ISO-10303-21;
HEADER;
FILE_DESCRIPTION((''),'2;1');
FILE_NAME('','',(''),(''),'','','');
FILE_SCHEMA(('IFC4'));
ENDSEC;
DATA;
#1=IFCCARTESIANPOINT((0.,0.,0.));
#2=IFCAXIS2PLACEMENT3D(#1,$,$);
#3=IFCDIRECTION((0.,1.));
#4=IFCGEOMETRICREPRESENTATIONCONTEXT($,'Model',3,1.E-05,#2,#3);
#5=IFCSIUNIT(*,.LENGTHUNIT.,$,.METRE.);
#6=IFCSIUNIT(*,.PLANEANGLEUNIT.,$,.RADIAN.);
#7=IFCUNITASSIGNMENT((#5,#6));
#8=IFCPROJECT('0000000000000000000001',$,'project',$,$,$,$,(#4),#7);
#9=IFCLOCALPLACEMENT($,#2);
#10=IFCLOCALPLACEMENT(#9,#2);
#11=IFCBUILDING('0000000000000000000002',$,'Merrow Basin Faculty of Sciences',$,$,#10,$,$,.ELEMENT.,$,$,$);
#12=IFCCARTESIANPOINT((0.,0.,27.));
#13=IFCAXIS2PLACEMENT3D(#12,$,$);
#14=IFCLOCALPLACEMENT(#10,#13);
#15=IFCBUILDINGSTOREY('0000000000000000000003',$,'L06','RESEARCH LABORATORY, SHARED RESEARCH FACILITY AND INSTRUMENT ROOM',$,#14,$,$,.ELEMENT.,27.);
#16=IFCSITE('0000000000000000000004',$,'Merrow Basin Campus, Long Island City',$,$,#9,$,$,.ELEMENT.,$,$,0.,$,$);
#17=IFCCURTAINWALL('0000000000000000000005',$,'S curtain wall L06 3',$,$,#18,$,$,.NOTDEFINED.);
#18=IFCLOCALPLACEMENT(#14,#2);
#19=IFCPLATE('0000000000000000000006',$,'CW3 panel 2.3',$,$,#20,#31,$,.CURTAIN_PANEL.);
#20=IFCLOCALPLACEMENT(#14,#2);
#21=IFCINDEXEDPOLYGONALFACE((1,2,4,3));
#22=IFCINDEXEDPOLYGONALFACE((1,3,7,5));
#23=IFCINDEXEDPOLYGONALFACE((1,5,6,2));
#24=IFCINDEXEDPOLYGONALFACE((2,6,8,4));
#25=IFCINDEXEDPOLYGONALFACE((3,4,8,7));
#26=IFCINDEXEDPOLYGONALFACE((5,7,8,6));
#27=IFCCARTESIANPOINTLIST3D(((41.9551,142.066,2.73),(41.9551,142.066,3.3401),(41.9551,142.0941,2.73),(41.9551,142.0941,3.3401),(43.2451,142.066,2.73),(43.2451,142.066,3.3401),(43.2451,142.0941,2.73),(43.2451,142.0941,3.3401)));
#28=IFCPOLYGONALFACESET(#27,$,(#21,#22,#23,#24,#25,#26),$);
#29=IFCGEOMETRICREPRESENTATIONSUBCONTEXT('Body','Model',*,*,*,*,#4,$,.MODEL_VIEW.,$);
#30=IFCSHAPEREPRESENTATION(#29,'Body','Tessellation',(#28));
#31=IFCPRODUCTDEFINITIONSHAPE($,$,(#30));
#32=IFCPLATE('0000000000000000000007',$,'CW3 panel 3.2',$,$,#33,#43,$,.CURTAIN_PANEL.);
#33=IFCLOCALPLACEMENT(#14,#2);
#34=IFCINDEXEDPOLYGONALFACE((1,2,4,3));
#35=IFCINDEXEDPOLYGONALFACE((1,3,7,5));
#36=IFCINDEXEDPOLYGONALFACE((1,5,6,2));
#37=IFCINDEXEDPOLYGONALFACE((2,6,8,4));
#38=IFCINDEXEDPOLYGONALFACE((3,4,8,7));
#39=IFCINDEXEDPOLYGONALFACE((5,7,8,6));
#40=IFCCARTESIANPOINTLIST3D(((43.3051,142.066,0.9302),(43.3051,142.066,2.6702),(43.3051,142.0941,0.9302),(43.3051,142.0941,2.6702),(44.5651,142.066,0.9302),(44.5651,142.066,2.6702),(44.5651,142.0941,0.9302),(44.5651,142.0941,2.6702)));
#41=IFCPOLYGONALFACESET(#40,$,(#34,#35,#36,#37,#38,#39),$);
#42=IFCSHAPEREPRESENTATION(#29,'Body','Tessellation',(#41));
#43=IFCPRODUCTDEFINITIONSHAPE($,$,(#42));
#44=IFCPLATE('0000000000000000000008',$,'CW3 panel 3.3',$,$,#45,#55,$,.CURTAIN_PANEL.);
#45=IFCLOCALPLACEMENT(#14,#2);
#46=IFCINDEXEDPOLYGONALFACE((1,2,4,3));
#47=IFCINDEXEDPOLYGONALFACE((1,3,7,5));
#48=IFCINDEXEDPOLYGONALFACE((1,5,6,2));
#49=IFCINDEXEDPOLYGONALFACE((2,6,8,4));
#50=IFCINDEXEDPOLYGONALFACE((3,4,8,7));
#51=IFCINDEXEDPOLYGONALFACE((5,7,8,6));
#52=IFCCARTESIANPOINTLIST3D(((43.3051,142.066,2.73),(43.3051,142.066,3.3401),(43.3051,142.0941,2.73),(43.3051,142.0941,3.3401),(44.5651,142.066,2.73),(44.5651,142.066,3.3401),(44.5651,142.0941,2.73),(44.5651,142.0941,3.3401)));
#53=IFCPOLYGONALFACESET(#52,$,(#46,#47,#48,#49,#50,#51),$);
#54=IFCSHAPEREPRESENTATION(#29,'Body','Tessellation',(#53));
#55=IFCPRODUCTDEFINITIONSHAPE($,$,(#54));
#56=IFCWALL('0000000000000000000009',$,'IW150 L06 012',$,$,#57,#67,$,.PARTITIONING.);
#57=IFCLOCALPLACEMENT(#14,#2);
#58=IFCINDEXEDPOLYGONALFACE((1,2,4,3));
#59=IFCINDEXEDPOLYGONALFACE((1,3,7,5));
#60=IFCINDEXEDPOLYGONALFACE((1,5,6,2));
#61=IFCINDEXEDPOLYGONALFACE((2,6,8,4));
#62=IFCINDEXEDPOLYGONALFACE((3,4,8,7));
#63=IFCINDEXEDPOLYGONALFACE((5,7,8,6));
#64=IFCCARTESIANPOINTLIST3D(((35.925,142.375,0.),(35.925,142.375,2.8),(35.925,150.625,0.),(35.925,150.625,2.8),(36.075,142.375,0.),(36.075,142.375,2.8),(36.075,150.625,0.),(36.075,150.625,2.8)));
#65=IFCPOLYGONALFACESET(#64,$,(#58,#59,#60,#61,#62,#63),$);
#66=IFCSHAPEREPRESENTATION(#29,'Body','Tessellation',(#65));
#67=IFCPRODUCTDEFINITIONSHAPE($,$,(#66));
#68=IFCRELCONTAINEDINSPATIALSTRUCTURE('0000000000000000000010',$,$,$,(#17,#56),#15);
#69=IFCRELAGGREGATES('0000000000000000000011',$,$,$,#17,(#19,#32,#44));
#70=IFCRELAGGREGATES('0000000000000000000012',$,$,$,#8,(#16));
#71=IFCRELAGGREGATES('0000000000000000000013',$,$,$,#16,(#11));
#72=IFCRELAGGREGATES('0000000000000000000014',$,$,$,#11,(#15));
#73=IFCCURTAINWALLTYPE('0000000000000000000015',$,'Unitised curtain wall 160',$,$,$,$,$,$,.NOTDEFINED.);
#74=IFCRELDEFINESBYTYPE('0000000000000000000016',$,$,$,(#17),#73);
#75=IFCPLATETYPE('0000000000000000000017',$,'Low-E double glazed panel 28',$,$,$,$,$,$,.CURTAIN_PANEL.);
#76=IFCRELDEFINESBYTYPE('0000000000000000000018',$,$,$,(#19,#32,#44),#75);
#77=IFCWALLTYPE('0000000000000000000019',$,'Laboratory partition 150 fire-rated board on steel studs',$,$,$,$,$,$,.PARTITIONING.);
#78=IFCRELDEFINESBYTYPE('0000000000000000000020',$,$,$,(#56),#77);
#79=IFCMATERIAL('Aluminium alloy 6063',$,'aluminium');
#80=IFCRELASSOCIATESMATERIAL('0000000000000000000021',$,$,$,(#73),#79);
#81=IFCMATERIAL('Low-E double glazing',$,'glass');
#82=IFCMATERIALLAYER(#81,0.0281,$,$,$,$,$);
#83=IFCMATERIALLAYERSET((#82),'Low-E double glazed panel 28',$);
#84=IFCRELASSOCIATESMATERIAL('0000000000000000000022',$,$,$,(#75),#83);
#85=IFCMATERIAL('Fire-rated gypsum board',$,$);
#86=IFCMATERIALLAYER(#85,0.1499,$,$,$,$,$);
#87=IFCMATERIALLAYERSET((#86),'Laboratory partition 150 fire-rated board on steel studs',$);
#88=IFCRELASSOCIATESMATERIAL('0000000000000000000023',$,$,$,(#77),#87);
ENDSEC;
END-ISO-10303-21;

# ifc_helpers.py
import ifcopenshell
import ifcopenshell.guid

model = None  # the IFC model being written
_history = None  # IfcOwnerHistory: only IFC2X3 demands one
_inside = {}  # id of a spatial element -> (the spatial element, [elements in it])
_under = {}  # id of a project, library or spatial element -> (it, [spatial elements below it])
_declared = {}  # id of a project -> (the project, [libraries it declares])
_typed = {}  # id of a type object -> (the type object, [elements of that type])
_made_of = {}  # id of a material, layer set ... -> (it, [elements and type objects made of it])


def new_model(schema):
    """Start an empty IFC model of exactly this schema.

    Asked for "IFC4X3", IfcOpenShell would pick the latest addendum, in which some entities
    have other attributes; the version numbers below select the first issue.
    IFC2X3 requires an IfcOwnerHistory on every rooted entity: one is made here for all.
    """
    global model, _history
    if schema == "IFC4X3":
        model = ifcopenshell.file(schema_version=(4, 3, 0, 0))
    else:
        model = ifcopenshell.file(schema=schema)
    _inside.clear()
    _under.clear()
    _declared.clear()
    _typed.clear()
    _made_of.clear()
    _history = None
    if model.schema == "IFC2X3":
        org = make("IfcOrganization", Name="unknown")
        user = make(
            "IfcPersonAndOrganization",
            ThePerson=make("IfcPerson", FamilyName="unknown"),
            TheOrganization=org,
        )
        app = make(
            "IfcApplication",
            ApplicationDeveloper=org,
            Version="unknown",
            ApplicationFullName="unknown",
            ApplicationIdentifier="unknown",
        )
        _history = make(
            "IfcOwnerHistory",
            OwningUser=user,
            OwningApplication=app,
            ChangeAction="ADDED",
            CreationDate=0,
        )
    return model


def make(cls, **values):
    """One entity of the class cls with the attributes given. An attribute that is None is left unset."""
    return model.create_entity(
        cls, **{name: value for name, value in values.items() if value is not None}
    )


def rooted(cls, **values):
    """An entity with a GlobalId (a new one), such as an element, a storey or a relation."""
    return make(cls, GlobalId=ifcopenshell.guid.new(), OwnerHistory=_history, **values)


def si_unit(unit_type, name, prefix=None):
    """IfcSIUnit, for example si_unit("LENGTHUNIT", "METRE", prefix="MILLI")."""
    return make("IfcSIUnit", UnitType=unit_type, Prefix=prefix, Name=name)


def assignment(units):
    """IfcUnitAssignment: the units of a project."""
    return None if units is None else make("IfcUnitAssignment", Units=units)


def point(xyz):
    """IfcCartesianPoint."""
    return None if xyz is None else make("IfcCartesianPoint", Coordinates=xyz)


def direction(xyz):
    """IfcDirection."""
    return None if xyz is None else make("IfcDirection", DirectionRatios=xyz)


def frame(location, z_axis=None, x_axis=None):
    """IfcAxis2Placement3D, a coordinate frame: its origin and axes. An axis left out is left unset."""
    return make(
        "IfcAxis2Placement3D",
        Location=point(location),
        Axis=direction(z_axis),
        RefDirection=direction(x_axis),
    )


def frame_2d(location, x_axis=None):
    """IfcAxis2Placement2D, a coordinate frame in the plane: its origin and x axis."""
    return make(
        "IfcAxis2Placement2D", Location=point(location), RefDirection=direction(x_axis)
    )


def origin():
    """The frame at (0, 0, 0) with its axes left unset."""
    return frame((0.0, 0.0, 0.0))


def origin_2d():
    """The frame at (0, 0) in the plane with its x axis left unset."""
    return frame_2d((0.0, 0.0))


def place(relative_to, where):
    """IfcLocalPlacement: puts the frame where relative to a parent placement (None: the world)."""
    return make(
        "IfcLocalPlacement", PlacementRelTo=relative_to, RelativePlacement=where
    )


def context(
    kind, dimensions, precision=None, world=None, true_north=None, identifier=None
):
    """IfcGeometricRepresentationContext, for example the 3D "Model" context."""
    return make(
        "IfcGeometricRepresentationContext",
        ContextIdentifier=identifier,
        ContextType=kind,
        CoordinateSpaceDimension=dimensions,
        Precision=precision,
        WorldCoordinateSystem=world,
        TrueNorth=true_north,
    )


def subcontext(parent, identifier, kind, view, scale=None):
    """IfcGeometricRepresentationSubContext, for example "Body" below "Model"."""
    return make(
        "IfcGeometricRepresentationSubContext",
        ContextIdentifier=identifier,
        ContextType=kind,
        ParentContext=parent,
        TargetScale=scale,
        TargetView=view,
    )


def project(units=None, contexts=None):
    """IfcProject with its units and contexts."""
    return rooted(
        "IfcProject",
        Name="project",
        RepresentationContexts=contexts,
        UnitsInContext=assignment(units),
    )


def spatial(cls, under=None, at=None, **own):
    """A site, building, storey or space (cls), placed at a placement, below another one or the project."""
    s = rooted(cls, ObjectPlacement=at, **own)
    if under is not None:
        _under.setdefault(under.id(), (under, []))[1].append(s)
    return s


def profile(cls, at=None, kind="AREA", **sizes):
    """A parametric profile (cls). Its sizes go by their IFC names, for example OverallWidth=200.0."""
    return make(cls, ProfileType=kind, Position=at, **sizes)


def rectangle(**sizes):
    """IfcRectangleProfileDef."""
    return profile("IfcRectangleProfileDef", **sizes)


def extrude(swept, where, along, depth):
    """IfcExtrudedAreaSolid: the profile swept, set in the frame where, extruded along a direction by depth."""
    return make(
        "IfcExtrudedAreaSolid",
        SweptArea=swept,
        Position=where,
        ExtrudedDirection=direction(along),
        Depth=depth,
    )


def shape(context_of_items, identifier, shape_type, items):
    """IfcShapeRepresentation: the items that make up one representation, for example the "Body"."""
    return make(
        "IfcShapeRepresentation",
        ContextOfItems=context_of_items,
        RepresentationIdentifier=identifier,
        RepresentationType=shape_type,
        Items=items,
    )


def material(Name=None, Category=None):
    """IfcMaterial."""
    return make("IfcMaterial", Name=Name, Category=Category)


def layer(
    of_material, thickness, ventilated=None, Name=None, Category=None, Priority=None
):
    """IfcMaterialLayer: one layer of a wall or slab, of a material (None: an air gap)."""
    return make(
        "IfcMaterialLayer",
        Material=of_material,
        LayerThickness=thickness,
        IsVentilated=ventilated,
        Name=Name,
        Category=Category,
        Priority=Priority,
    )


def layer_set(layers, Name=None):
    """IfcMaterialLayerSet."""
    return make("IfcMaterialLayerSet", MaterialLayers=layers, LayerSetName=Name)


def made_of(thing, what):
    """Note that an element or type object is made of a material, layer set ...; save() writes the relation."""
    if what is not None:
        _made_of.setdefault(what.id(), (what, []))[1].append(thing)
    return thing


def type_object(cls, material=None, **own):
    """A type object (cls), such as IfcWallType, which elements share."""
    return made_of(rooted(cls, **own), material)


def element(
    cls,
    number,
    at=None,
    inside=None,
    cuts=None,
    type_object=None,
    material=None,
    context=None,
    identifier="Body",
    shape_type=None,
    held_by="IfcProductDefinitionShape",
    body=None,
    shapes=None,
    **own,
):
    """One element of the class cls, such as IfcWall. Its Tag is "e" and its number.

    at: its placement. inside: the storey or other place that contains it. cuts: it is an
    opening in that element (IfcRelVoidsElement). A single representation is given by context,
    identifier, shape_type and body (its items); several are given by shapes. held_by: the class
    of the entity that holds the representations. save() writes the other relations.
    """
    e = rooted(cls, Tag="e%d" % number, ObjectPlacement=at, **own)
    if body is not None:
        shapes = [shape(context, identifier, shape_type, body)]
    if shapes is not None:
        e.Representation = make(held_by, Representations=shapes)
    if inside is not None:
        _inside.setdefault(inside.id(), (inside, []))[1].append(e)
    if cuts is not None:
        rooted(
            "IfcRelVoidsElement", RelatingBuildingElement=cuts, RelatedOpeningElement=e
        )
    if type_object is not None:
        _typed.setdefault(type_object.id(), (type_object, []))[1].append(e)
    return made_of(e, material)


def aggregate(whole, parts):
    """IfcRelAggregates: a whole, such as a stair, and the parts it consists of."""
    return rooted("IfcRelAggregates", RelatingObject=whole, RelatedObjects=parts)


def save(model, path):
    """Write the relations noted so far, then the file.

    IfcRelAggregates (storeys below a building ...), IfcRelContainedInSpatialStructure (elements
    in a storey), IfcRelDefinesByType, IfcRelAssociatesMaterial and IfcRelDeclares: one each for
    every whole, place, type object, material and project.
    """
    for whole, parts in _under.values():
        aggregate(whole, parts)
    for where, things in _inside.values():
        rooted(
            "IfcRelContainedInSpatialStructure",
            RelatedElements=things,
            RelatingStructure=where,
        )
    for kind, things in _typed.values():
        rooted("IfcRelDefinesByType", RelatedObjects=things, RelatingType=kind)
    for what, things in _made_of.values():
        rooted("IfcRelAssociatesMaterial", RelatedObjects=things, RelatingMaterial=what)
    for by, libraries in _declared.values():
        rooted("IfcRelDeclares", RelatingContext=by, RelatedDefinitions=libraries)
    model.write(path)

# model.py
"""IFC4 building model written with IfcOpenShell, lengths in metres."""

from ifc_helpers import new_model, si_unit, direction, frame, frame_2d, origin, origin_2d, place, context, subcontext, project, spatial, rectangle, extrude, material, layer, layer_set, type_object, element, aggregate, save


model = new_model("IFC4")

# Units and contexts
model_context = context("Model", 3, precision=1e-05, world=origin(), true_north=direction((0.0, 1.0)))
body_context = subcontext(model_context, "Body", "Model", "MODEL_VIEW")
ifc_project = project(units=[si_unit("LENGTHUNIT", "METRE"), si_unit("PLANEANGLEUNIT", "RADIAN")], contexts=[model_context])

# Site, building, storey
site_placement = place(None, origin())
site = spatial("IfcSite", under=ifc_project, at=site_placement, Name="Merrow Basin Campus, Long Island City", CompositionType="ELEMENT", RefElevation=0.0)
building_placement = place(site_placement, origin())
building = spatial("IfcBuilding", under=site, at=building_placement, Name="Merrow Basin Faculty of Sciences", CompositionType="ELEMENT")
storey_placement = place(building_placement, frame((0.0, 0.0, 27.0)))
storey = spatial("IfcBuildingStorey", under=building, at=storey_placement, Name="L06", Description="RESEARCH LABORATORY, SHARED RESEARCH FACILITY AND INSTRUMENT ROOM", CompositionType="ELEMENT", Elevation=27.0)

# Curtain wall
ifc_material_1 = material(Name="Aluminium alloy 6063", Category="aluminium")
curtain_wall_type = type_object("IfcCurtainWallType", Name="Unitised curtain wall 160", PredefinedType="NOTDEFINED", material=ifc_material_1)
curtain_wall_placement = place(storey_placement, origin())
curtain_wall = element("IfcCurtainWall", 1, at=curtain_wall_placement, inside=storey, type_object=curtain_wall_type, Name="S curtain wall L06 3", PredefinedType="NOTDEFINED")

# Plates
ifc_material_2 = material(Name="Low-E double glazing", Category="glass")
ifc_layer_1 = layer(ifc_material_2, 0.0281)
ifc_layer_set_1 = layer_set([ifc_layer_1], Name="Low-E double glazed panel 28")
plate_type_1 = type_object("IfcPlateType", Name="Low-E double glazed panel 28", PredefinedType="CURTAIN_PANEL", material=ifc_layer_set_1)
plate_1_placement = place(storey_placement, frame((42.6001, 142.0801, 2.73), z_axis=(0.0, 0.0, 1.0), x_axis=(1.0, 0.0, 0.0)))
plate_1 = element("IfcPlate", 2, at=plate_1_placement, type_object=plate_type_1, Name="CW3 panel 2.3", PredefinedType="CURTAIN_PANEL", context=body_context, shape_type="SweptSolid", body=[
    extrude(rectangle(XDim=1.29, YDim=0.0281, at=origin_2d()), origin(), (0.0, 0.0, 1.0), 0.6101),
])
plate_2_placement = place(storey_placement, frame((43.9351, 142.0801, 0.9302), z_axis=(0.0, 0.0, 1.0), x_axis=(1.0, 0.0, 0.0)))
plate_2 = element("IfcPlate", 3, at=plate_2_placement, type_object=plate_type_1, Name="CW3 panel 3.2", PredefinedType="CURTAIN_PANEL", context=body_context, shape_type="SweptSolid", body=[
    extrude(rectangle(XDim=1.26, YDim=0.0281, at=origin_2d()), origin(), (0.0, 0.0, 1.0), 1.74),
])
plate_3_placement = place(storey_placement, frame((43.9351, 142.0801, 2.73), z_axis=(0.0, 0.0, 1.0), x_axis=(1.0, 0.0, 0.0)))
plate_3 = element("IfcPlate", 4, at=plate_3_placement, type_object=plate_type_1, Name="CW3 panel 3.3", PredefinedType="CURTAIN_PANEL", context=body_context, shape_type="SweptSolid", body=[
    extrude(rectangle(XDim=1.26, YDim=0.0281, at=origin_2d()), origin(), (0.0, 0.0, 1.0), 0.6101),
])
aggregate(curtain_wall, [plate_1, plate_2, plate_3])

# Wall
ifc_material_3 = material(Name="Fire-rated gypsum board")
ifc_layer_2 = layer(ifc_material_3, 0.1499)
ifc_layer_set_2 = layer_set([ifc_layer_2], Name="Laboratory partition 150 fire-rated board on steel studs")
wall_type_1 = type_object("IfcWallType", Name="Laboratory partition 150 fire-rated board on steel studs", PredefinedType="PARTITIONING", material=ifc_layer_set_2)
wall_1_placement = place(storey_placement, frame((36.0, 142.375, 0.0), z_axis=(0.0, 0.0, 1.0), x_axis=(0.0, 1.0, 0.0)))
element("IfcWall", 5, at=wall_1_placement, inside=storey, type_object=wall_type_1, Name="IW150 L06 012", PredefinedType="PARTITIONING", context=body_context, shape_type="SweptSolid", body=[
    extrude(rectangle(XDim=8.25, YDim=0.1499, at=frame_2d((4.125, 0.0))), origin(), (0.0, 0.0, 1.0), 2.8),
])

save(model, "model.ifc")
